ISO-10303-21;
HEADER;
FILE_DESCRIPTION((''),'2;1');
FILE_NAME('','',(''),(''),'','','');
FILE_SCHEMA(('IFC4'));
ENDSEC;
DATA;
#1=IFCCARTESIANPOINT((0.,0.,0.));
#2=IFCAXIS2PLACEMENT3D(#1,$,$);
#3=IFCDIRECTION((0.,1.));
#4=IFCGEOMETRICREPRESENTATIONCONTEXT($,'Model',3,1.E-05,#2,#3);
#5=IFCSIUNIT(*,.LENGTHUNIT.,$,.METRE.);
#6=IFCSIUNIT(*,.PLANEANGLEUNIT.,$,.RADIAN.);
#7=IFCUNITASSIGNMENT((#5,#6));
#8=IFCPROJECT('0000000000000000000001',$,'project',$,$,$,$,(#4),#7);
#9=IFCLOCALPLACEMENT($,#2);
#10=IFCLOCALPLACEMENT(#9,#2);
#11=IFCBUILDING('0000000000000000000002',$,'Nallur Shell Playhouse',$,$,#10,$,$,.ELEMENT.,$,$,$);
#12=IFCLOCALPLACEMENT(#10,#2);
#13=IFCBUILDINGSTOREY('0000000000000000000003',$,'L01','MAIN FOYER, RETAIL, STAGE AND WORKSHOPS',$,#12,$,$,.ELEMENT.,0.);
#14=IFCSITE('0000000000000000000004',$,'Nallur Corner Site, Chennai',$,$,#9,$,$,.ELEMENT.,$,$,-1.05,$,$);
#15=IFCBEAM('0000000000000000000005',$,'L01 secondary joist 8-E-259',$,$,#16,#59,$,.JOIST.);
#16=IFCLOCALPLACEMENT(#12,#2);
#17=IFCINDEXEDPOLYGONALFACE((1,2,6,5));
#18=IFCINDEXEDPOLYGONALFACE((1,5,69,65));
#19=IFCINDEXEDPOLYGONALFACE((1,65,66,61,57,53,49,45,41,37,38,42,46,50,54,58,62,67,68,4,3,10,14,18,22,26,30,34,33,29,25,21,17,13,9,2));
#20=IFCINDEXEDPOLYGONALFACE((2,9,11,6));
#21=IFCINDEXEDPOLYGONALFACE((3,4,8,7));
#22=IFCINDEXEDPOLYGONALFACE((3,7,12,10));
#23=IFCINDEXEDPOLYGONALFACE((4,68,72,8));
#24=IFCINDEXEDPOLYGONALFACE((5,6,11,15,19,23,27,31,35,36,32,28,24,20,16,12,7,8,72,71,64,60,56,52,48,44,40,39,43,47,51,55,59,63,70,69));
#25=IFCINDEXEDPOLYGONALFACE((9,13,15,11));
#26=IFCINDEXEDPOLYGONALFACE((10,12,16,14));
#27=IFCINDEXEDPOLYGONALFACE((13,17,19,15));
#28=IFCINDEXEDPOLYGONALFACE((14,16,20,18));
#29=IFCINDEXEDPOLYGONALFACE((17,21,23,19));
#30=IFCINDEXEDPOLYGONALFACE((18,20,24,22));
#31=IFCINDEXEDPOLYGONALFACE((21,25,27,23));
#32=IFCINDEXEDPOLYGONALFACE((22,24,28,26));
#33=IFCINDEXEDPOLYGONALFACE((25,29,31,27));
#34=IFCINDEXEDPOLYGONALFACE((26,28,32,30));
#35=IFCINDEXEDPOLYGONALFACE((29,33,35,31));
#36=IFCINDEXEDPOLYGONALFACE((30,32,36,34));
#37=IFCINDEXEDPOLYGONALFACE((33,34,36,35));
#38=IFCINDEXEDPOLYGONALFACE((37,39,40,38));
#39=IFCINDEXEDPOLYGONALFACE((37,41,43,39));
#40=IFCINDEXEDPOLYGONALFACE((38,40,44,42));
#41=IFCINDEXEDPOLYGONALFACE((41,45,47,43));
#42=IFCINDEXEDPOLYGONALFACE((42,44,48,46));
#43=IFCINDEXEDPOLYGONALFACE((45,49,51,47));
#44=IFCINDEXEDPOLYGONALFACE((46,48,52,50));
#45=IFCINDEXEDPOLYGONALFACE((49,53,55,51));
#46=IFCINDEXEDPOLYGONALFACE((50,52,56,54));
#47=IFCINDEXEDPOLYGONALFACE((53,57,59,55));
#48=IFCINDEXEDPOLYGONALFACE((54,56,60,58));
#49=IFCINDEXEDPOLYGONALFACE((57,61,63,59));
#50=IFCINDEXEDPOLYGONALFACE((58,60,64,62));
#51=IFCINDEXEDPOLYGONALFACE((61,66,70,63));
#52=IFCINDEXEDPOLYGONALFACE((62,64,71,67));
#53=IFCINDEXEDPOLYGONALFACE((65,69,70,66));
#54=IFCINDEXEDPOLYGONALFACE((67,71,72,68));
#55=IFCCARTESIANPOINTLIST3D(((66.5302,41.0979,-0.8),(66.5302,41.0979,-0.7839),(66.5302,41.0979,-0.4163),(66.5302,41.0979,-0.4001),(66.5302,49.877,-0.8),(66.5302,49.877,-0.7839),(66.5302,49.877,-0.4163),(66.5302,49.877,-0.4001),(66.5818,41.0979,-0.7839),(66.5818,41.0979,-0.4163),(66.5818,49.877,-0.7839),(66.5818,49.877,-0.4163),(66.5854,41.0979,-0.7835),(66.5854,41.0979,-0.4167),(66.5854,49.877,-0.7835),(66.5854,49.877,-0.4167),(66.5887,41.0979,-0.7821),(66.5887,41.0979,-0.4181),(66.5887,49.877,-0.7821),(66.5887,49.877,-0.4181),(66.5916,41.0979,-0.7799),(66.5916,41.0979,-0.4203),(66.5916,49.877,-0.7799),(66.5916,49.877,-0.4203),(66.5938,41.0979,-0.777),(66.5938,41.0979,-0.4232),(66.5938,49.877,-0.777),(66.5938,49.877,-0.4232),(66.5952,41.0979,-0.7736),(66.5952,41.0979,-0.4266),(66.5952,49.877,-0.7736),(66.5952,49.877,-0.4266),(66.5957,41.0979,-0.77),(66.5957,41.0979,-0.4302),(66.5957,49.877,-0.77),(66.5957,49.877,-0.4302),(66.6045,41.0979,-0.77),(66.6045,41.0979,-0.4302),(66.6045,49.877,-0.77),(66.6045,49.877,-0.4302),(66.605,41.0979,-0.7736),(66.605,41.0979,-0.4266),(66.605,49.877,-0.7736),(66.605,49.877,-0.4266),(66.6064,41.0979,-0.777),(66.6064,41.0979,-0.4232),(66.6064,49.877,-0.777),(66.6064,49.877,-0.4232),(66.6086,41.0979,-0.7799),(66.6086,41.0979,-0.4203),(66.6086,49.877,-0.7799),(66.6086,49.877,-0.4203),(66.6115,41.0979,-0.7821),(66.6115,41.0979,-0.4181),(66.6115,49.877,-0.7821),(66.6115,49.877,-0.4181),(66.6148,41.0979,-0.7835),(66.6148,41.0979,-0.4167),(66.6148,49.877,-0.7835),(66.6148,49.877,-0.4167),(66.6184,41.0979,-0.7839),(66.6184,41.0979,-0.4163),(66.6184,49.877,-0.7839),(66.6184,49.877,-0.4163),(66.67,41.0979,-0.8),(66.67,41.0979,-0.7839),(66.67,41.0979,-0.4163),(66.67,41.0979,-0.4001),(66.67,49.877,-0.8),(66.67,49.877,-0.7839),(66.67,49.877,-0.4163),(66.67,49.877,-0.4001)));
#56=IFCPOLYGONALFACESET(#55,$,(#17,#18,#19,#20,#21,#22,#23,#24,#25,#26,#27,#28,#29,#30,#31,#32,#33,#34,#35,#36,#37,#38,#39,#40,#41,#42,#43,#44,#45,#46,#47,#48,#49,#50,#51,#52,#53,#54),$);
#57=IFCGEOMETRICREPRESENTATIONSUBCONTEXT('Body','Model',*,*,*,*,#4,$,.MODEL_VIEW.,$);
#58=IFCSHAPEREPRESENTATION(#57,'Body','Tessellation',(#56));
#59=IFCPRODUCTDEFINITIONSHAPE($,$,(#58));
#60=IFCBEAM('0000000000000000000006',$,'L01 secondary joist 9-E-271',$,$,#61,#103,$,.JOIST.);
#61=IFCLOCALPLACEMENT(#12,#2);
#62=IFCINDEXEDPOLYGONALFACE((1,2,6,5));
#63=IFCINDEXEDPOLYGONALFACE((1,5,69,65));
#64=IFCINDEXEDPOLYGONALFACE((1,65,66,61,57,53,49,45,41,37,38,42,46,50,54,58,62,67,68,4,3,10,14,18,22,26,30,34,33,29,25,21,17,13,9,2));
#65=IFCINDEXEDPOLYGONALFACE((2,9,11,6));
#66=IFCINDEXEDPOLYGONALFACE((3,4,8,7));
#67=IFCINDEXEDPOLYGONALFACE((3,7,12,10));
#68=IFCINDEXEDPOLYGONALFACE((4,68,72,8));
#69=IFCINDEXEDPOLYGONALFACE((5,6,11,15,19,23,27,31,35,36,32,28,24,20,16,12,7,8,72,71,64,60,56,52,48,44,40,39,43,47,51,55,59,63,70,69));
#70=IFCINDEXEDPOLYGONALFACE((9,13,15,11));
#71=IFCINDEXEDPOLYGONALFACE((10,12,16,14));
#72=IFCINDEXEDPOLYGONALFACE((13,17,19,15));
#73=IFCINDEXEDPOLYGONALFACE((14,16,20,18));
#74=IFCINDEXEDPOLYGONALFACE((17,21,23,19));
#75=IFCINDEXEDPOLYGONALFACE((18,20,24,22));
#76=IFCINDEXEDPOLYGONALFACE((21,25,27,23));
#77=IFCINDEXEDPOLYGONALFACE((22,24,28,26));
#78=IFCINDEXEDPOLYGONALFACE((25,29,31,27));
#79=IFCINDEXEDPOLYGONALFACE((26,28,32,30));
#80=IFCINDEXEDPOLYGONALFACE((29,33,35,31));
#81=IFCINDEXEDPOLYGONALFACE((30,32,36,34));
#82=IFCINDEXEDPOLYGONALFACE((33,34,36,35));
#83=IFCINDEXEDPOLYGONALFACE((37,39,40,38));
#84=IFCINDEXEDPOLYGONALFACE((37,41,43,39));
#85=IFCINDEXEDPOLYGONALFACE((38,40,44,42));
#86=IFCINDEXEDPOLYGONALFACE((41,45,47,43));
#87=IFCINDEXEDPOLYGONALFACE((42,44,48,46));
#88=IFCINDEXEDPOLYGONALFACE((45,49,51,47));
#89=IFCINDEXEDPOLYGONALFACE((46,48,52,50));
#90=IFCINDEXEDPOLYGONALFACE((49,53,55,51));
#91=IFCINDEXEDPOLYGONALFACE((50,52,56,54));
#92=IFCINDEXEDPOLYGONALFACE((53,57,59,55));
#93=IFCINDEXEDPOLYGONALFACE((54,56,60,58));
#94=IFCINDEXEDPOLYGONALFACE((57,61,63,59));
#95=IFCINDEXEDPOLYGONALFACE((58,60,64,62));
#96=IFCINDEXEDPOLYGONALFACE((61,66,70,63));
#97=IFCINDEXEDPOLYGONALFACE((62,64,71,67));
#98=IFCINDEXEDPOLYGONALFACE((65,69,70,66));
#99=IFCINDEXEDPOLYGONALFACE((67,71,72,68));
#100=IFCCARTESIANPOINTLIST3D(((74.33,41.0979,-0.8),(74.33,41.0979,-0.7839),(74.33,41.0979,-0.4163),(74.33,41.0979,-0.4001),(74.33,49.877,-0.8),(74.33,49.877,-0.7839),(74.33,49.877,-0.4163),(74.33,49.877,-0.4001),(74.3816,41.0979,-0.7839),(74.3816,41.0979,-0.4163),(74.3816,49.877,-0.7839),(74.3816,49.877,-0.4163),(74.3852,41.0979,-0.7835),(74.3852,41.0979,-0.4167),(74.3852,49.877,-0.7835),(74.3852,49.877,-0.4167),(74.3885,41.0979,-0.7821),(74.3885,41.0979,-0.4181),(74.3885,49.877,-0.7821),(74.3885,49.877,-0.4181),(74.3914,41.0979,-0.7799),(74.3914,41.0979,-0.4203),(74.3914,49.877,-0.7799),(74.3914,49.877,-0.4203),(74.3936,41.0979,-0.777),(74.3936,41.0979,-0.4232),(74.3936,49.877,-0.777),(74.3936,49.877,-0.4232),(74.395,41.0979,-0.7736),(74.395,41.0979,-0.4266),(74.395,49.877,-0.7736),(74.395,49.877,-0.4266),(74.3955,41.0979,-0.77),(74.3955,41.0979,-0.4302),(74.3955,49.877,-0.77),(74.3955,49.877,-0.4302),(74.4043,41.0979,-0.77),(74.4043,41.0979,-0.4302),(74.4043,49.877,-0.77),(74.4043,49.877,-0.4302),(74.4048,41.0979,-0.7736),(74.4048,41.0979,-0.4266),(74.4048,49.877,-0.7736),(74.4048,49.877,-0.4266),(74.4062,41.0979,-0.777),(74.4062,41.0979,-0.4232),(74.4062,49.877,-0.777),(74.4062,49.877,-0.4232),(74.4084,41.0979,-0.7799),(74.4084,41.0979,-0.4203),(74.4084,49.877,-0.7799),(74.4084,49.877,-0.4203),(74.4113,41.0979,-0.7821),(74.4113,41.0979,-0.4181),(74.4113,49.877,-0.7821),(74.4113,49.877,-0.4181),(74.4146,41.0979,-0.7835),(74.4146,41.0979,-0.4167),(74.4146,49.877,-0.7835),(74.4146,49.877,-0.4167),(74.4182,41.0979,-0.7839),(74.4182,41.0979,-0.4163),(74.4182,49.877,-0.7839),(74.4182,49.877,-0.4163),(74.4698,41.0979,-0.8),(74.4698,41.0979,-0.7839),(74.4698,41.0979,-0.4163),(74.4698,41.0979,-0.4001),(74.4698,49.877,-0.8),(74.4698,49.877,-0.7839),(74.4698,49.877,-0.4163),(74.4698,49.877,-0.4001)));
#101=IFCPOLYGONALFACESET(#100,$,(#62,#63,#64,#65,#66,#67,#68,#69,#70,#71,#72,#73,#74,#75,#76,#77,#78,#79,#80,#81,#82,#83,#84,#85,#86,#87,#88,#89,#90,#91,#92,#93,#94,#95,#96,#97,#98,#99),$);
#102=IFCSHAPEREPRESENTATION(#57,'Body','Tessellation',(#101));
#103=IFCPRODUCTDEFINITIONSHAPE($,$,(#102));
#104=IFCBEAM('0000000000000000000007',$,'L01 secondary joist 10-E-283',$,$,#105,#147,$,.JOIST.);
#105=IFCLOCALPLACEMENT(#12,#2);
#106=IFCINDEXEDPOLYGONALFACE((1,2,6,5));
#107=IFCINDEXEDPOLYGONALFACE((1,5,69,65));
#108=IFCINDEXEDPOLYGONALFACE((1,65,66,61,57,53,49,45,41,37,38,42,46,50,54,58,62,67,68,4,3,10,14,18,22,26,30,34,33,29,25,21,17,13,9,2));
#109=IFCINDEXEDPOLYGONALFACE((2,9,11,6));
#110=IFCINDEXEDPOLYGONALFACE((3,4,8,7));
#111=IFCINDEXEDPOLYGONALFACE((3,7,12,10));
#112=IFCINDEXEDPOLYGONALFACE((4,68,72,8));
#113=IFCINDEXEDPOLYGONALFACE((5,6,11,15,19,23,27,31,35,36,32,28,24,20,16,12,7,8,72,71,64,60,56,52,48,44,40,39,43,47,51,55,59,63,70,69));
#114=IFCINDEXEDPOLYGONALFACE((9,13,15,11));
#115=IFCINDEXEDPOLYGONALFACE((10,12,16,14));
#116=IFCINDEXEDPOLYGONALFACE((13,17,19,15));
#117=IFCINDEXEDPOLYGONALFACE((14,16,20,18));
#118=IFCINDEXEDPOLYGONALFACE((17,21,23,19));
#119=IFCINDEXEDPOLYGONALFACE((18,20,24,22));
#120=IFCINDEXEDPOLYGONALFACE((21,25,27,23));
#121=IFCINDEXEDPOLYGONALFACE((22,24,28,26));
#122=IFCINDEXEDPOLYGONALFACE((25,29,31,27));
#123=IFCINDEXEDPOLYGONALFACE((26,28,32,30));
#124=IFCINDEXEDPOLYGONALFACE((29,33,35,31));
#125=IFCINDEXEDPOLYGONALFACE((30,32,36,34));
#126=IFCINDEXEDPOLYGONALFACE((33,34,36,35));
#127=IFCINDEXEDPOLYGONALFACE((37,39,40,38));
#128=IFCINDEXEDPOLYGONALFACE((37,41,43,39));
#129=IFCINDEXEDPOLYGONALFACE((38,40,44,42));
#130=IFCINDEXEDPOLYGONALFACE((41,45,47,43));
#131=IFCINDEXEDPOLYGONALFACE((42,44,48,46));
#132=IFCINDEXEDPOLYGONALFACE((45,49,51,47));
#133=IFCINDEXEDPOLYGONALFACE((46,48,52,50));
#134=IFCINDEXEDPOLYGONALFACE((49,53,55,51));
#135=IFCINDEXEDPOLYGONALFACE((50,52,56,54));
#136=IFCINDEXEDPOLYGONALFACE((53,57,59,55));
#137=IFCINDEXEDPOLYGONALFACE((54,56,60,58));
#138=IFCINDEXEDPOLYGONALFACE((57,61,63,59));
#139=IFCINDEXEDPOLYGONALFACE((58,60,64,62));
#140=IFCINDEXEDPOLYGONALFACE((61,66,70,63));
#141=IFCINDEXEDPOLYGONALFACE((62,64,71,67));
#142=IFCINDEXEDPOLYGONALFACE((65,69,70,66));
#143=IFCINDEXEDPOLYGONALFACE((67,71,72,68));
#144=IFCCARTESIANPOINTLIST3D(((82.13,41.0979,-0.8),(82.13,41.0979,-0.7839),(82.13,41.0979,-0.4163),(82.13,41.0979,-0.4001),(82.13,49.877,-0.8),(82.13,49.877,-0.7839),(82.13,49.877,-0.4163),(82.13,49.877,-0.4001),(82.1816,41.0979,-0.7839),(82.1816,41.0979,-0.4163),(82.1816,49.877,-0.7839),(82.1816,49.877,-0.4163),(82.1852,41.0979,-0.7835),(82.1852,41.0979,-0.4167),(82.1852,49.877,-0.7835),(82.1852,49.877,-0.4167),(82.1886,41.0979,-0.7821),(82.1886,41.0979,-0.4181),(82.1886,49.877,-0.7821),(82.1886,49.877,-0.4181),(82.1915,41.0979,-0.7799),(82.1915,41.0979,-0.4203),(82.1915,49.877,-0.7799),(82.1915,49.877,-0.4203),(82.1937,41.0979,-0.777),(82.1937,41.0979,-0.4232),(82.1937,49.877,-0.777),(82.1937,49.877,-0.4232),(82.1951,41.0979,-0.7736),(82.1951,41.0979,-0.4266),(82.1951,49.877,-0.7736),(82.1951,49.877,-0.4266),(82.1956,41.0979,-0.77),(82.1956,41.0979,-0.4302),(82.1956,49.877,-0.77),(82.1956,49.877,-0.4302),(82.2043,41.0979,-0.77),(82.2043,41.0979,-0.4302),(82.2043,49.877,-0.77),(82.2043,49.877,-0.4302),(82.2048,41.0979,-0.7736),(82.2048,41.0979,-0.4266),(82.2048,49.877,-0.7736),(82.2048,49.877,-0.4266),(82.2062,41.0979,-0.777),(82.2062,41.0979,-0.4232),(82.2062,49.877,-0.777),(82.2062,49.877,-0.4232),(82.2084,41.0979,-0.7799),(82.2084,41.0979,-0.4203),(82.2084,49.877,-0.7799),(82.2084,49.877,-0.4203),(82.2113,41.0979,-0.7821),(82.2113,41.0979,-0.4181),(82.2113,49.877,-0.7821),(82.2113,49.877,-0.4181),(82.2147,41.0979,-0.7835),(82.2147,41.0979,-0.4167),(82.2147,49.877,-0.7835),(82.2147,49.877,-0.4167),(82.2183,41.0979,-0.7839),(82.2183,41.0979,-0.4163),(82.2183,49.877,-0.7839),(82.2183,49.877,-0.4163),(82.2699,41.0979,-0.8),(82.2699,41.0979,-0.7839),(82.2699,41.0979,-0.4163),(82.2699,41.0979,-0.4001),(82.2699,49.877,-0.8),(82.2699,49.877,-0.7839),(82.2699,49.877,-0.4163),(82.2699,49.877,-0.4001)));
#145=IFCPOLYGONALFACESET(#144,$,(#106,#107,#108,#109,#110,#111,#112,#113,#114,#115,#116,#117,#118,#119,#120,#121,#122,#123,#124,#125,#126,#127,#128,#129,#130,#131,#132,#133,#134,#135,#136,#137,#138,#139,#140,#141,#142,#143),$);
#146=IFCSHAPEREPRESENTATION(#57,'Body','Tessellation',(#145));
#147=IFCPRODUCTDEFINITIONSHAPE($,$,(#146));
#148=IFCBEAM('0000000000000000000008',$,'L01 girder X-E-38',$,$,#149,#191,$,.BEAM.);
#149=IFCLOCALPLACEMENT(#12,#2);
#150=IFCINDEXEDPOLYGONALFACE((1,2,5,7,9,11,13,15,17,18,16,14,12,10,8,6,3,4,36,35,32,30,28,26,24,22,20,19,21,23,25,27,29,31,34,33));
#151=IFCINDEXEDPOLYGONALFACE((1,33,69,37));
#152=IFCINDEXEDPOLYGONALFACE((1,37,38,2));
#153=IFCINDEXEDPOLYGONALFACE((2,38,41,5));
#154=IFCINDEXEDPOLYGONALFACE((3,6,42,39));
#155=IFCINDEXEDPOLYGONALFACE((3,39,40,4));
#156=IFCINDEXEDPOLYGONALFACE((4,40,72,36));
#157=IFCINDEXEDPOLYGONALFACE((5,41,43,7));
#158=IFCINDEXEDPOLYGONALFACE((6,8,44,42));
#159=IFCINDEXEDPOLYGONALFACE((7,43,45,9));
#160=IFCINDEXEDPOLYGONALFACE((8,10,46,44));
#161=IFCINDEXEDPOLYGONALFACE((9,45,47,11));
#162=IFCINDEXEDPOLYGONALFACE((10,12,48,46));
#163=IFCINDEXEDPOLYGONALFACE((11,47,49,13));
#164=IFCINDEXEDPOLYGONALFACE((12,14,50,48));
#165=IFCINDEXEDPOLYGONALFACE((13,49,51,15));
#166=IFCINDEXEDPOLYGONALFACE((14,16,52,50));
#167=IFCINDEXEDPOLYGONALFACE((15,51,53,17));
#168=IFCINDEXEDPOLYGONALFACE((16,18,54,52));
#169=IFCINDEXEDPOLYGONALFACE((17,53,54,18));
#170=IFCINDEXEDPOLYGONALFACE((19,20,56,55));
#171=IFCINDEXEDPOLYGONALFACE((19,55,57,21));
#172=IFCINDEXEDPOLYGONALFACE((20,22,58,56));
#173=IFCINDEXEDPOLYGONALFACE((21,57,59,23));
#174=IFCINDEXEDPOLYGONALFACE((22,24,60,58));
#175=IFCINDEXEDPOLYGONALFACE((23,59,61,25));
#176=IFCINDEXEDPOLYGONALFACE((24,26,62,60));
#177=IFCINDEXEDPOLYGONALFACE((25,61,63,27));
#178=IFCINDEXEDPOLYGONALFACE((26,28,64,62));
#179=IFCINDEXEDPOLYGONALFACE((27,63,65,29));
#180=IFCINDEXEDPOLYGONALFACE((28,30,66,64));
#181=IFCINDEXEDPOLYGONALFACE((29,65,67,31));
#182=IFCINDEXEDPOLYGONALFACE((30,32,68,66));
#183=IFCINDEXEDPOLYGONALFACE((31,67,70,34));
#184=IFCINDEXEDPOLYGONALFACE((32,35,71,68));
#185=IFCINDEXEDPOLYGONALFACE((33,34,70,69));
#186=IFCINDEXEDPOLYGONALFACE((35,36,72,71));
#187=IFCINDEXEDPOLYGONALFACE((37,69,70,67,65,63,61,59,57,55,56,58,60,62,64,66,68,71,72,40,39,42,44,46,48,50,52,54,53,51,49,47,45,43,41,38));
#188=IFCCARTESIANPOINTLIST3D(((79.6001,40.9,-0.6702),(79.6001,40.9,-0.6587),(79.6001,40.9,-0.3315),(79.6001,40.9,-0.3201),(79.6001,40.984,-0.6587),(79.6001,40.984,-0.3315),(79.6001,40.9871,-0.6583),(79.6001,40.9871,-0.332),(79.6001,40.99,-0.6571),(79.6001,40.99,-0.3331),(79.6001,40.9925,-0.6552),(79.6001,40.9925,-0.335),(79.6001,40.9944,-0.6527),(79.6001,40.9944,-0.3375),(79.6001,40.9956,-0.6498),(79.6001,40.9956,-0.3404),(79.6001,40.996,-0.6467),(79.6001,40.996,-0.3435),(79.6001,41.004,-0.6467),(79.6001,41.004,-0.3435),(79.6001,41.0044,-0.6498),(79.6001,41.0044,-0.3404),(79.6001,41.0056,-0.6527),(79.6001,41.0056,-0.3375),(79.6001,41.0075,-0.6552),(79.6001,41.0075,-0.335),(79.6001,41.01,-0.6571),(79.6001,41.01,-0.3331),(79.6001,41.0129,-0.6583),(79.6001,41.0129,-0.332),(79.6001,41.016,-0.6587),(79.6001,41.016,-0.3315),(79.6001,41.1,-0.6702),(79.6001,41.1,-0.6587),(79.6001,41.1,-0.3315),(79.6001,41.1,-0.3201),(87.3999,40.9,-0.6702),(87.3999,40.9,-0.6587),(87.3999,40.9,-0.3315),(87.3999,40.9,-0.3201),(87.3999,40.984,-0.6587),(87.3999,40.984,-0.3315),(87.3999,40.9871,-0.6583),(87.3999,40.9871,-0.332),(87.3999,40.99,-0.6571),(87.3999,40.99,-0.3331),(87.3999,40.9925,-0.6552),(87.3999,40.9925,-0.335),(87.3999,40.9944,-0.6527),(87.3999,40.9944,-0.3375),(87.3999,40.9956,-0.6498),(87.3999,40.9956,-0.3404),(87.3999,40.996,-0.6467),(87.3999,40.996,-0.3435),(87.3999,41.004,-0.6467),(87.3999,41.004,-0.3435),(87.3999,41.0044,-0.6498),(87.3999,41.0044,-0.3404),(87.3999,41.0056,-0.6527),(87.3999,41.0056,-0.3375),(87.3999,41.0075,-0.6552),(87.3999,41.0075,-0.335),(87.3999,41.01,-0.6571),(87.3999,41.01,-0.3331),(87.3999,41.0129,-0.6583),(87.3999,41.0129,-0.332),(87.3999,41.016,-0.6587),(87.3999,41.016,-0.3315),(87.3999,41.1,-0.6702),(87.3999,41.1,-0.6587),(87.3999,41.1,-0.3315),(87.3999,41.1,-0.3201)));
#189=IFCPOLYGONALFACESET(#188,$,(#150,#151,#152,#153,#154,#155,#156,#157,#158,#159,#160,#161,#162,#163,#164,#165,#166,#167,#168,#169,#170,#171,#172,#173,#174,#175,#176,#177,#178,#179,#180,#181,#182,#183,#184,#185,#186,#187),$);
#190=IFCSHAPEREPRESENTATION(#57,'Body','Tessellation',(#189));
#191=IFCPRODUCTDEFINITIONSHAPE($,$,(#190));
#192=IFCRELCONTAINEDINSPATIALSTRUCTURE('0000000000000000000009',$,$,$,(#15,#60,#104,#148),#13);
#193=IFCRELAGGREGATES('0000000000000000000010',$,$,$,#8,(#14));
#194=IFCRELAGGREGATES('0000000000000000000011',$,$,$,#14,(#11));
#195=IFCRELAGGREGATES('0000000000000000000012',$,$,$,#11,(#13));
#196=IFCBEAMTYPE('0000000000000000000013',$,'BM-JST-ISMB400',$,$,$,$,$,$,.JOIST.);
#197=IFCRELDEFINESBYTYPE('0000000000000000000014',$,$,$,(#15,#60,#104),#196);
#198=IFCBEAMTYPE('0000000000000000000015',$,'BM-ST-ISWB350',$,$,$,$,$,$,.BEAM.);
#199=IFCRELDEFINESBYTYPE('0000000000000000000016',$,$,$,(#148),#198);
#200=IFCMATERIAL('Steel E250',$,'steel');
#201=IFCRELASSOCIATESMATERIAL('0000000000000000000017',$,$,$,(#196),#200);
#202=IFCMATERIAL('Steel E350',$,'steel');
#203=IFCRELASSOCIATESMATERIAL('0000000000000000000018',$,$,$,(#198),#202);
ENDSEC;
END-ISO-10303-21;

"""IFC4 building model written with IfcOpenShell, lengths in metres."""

from ifc_helpers import new_model, si_unit, direction, frame, origin, origin_2d, place, context, subcontext, project, spatial, i_section, extrude, material, material_profile, profile_set, type_object, element, save


model = new_model("IFC4")

# Units and contexts
model_context = context("Model", 3, precision=1e-05, world=origin(), true_north=direction((0.0, 1.0)))
body_context = subcontext(model_context, "Body", "Model", "MODEL_VIEW")
ifc_project = project(units=[si_unit("LENGTHUNIT", "METRE"), si_unit("PLANEANGLEUNIT", "RADIAN")], contexts=[model_context])

# Site, building, storey
site_placement = place(None, origin())
site = spatial("IfcSite", under=ifc_project, at=site_placement, Name="Nallur Corner Site, Chennai", CompositionType="ELEMENT", RefElevation=-1.05)
building_placement = place(site_placement, origin())
building = spatial("IfcBuilding", under=site, at=building_placement, Name="Nallur Shell Playhouse", CompositionType="ELEMENT")
storey_placement = place(building_placement, origin())
storey = spatial("IfcBuildingStorey", under=building, at=storey_placement, Name="L01", Description="MAIN FOYER, RETAIL, STAGE AND WORKSHOPS", CompositionType="ELEMENT", Elevation=0.0)

# Beams
ifc_material_1 = material(Name="Steel E250", Category="steel")
ifc_material_profile_1 = material_profile(ifc_material_1, i_section(OverallWidth=0.1399, OverallDepth=0.3999, WebThickness=0.0088, FlangeThickness=0.0161, FilletRadius=0.0139, at=origin_2d()), Name="ISMB 400")
ifc_profile_set_1 = profile_set([ifc_material_profile_1], Name="Steel E250")
beam_type_1 = type_object("IfcBeamType", Name="BM-JST-ISMB400", PredefinedType="JOIST", material=ifc_profile_set_1)
for number, where, z_axis, x_axis, name in (
    (1, (66.6001, 41.0979, -0.6001), (0.0, 1.0, 0.0), (-1.0, 0.0, 0.0), "L01 secondary joist 8-E-259"),
    (2, (74.3999, 41.0979, -0.6001), (0.0, 1.0, 0.0), (-1.0, 0.0, 0.0), "L01 secondary joist 9-E-271"),
    (3, (82.2, 41.0979, -0.6001), (0.0, 1.0, 0.0), (-1.0, 0.0, 0.0), "L01 secondary joist 10-E-283"),
):
    element("IfcBeam", number, at=place(storey_placement, frame(where, z_axis=z_axis, x_axis=x_axis)), inside=storey, type_object=beam_type_1, Name=name, PredefinedType="JOIST", context=body_context, shape_type="SweptSolid", body=[
        extrude(i_section(OverallWidth=0.1399, OverallDepth=0.3999, WebThickness=0.0088, FlangeThickness=0.0161, FilletRadius=0.0139, at=origin_2d()), origin(), (0.0, 0.0, 1.0), 8.7791),
    ])
ifc_material_2 = material(Name="Steel E350", Category="steel")
ifc_material_profile_2 = material_profile(ifc_material_2, i_section(OverallWidth=0.2, OverallDepth=0.3501, WebThickness=0.0081, FlangeThickness=0.0115, FilletRadius=0.012, at=origin_2d()), Name="ISWB 350")
ifc_profile_set_2 = profile_set([ifc_material_profile_2], Name="Steel E350")
beam_type_2 = type_object("IfcBeamType", Name="BM-ST-ISWB350", PredefinedType="BEAM", material=ifc_profile_set_2)
beam_1_placement = place(storey_placement, frame((79.6001, 41.0, -0.4951), z_axis=(1.0, 0.0, 0.0), x_axis=(0.0, 1.0, 0.0)))
element("IfcBeam", 4, at=beam_1_placement, inside=storey, type_object=beam_type_2, Name="L01 girder X-E-38", PredefinedType="BEAM", context=body_context, shape_type="SweptSolid", body=[
    extrude(i_section(OverallWidth=0.2, OverallDepth=0.3501, WebThickness=0.0081, FlangeThickness=0.0115, FilletRadius=0.012, at=origin_2d()), origin(), (0.0, 0.0, 1.0), 7.7998),
])

save(model, "model.ifc")
